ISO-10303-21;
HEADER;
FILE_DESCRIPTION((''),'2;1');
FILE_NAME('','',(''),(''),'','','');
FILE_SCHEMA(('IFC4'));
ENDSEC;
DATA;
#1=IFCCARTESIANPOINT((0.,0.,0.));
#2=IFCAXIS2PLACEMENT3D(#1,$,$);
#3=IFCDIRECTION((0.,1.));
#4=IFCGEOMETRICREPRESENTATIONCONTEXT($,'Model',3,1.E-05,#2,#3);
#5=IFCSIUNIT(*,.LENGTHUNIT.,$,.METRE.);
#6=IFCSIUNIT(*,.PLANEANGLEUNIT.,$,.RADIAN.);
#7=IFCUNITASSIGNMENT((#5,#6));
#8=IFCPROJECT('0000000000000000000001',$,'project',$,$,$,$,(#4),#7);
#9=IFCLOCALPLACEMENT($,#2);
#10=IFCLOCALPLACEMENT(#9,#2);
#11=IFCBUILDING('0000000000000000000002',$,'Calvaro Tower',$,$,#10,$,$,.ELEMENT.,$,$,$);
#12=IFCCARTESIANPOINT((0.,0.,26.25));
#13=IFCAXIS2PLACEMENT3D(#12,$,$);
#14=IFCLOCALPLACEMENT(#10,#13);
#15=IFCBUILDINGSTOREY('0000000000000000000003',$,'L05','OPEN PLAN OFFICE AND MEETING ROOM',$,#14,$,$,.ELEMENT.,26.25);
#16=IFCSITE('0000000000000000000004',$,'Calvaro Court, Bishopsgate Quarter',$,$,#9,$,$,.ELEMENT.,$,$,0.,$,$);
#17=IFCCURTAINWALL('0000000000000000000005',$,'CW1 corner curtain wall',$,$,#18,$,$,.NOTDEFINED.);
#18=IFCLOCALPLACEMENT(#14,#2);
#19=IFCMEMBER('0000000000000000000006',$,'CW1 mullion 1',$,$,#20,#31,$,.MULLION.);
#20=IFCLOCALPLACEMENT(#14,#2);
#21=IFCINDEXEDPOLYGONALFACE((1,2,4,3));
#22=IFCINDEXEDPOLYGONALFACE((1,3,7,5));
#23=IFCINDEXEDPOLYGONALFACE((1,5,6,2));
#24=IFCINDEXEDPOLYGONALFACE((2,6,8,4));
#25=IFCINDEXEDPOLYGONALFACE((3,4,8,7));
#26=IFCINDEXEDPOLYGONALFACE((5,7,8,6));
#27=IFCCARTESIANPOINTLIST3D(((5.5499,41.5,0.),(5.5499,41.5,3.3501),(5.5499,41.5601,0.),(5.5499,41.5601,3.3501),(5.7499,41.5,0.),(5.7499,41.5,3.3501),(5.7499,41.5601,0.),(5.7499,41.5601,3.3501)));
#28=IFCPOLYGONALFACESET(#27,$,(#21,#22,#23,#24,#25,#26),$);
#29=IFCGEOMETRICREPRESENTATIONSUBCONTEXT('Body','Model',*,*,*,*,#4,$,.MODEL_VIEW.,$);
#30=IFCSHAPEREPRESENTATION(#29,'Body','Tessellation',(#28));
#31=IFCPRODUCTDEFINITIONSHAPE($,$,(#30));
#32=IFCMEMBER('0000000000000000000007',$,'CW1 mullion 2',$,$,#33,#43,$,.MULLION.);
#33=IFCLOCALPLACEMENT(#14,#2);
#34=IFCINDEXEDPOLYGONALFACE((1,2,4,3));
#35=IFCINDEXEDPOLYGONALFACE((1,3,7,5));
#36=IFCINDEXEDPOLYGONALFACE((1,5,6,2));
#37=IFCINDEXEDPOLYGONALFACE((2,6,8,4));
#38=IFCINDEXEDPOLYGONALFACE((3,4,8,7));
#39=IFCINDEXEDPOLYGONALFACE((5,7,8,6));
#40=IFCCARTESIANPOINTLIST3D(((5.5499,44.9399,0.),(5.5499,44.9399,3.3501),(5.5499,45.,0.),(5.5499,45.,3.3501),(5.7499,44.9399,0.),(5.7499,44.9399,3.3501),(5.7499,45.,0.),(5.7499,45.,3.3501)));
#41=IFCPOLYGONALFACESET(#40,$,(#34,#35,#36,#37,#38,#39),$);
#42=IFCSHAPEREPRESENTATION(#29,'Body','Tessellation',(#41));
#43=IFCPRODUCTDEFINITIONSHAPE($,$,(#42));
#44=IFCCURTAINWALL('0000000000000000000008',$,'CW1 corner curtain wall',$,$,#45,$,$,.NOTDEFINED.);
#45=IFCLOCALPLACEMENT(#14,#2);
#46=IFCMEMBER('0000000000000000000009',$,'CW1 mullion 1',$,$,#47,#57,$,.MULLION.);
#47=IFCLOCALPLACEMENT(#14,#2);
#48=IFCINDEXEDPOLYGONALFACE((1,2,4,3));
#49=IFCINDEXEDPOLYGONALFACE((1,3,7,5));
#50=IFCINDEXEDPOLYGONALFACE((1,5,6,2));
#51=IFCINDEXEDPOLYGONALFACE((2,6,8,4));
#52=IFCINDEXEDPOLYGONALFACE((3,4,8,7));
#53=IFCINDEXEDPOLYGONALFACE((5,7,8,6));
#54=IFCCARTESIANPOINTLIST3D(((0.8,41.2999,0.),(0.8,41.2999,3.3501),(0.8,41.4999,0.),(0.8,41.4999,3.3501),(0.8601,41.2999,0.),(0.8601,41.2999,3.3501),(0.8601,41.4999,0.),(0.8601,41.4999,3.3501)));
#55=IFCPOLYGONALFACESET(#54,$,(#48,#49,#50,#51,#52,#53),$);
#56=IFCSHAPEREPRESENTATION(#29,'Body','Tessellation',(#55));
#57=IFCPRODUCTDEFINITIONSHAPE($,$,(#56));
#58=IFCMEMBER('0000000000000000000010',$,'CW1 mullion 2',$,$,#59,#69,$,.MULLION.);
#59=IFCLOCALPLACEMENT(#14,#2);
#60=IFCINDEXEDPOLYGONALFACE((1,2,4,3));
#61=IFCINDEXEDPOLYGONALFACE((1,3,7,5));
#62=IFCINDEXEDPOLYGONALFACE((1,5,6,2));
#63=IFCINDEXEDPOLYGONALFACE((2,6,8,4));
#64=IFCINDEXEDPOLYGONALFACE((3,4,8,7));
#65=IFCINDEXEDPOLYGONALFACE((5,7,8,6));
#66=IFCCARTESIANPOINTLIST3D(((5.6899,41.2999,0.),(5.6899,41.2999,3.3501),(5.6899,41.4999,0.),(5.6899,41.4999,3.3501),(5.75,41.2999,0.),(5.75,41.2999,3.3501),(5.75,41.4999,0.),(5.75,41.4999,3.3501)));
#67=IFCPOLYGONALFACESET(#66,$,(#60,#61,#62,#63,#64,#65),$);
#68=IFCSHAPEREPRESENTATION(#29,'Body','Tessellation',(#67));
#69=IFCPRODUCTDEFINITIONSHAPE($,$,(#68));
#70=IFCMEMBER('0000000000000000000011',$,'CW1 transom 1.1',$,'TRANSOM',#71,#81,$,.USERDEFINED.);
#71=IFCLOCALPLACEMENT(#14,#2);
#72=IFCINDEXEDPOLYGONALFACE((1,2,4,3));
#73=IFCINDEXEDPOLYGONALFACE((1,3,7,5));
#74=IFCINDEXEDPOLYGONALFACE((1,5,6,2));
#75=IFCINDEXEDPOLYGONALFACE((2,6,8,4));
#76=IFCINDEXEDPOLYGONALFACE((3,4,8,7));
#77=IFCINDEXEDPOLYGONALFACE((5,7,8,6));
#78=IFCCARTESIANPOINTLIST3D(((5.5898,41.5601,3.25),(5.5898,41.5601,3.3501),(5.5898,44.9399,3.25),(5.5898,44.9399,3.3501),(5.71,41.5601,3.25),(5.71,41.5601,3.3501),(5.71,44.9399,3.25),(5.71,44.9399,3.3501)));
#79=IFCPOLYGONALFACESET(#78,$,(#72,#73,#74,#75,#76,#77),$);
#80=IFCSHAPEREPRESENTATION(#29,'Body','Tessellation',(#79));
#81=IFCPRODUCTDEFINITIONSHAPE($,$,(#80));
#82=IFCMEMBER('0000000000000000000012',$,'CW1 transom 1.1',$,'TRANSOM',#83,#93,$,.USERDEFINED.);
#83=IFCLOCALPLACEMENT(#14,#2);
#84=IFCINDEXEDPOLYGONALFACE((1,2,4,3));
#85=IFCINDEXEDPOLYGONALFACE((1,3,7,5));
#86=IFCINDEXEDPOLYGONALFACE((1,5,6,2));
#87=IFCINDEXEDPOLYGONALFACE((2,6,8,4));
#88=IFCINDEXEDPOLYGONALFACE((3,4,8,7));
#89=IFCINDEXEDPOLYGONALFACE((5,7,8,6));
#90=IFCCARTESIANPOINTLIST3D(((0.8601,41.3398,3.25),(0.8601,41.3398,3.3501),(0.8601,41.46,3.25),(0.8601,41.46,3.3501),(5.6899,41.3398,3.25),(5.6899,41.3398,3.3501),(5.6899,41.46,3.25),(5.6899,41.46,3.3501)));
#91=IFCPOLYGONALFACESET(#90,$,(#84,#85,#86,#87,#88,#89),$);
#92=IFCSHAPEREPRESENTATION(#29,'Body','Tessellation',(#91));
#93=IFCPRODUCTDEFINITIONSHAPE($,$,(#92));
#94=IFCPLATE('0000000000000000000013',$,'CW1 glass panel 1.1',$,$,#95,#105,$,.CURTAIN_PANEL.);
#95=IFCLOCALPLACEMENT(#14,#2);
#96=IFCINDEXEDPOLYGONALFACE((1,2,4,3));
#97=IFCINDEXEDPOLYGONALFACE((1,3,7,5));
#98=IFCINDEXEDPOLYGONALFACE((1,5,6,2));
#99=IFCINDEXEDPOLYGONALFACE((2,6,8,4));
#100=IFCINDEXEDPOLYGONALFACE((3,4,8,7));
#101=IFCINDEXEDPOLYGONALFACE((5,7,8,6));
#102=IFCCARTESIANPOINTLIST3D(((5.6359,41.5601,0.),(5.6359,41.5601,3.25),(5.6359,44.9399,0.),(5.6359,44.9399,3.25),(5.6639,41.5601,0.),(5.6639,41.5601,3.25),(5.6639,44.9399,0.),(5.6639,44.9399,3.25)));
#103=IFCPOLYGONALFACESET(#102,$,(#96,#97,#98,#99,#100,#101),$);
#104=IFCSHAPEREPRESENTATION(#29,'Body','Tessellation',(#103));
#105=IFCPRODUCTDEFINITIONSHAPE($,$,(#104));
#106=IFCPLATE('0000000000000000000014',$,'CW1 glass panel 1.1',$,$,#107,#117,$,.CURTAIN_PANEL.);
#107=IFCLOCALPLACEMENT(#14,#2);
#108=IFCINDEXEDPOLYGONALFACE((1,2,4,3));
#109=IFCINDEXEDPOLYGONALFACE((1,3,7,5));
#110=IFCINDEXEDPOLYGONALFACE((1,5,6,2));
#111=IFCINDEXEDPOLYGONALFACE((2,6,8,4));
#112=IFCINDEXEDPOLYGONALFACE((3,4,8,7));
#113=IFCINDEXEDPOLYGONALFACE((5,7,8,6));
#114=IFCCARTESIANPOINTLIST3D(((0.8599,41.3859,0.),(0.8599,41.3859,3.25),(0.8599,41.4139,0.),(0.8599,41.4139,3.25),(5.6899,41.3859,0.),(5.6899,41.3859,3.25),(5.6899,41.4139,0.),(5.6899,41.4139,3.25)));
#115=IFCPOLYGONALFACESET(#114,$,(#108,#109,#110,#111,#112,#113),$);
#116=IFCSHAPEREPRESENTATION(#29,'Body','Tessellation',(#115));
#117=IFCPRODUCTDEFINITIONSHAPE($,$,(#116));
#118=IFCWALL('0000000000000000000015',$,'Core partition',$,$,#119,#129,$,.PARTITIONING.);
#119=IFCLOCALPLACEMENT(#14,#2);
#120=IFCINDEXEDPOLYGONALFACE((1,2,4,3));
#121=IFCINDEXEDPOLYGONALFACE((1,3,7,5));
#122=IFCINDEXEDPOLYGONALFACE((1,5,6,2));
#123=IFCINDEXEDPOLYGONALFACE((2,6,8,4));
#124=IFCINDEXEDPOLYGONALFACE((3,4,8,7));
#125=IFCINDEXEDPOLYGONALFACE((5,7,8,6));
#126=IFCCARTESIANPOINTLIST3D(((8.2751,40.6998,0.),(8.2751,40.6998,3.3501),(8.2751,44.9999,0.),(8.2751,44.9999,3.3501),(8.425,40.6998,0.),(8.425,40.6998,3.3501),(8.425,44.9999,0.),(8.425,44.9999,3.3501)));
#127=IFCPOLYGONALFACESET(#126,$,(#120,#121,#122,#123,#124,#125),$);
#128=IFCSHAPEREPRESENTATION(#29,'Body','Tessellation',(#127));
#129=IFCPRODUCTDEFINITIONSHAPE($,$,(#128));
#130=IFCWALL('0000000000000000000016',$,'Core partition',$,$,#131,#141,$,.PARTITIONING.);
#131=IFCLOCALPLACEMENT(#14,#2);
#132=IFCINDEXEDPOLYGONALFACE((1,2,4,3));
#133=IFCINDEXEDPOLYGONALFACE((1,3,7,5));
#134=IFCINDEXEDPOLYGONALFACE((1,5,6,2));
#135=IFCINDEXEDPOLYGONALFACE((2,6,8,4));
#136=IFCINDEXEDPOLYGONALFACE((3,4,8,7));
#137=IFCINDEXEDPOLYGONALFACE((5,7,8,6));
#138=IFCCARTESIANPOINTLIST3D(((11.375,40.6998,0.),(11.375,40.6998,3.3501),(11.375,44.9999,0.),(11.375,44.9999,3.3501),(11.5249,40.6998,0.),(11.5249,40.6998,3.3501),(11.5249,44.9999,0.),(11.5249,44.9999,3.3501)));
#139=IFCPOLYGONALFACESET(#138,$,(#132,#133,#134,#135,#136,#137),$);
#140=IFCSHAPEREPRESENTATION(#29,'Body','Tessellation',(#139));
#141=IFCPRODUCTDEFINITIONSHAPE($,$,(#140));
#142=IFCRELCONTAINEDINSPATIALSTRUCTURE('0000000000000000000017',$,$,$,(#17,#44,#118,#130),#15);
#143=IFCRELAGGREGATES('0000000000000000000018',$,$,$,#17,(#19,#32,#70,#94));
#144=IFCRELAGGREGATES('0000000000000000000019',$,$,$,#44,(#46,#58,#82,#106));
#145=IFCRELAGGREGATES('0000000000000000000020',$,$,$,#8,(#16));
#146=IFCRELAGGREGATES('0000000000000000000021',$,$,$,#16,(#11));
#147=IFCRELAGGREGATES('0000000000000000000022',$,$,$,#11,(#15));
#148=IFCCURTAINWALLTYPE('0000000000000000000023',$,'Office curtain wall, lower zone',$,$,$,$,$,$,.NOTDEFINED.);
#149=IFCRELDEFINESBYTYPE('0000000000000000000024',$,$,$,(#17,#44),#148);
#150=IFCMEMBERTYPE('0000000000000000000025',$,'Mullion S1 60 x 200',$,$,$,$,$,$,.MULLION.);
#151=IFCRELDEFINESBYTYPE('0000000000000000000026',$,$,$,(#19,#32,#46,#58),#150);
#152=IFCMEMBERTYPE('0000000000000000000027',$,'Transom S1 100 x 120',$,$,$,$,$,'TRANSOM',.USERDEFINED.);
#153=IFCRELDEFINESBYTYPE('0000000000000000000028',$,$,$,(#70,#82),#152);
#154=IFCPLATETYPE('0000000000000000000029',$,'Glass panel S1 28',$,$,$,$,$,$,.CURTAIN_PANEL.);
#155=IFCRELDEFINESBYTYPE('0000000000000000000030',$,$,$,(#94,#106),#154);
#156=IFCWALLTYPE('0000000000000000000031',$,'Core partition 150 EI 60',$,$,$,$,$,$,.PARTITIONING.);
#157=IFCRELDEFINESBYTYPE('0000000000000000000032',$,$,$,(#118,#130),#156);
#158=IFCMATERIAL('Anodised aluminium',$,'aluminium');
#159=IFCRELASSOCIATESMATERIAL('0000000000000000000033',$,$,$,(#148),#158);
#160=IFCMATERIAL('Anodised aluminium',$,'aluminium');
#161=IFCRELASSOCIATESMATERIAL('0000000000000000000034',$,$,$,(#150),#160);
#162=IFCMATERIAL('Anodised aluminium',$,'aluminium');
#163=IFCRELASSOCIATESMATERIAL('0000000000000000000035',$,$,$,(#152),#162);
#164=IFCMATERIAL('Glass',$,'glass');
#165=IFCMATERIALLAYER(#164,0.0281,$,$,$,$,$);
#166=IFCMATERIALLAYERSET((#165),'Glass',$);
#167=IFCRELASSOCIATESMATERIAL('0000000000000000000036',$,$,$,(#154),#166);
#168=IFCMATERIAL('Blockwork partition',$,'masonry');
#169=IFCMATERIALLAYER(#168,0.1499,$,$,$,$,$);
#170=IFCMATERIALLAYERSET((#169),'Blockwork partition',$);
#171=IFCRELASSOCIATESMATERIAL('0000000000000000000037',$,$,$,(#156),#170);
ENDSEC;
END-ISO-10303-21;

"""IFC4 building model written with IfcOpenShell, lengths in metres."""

from ifc_helpers import new_model, si_unit, direction, frame, frame_2d, origin, origin_2d, place, context, subcontext, project, spatial, rectangle, extrude, material, layer, layer_set, material_profile, profile_set, type_object, element, aggregate, save


model = new_model("IFC4")

# Units and contexts
model_context = context("Model", 3, precision=1e-05, world=origin(), true_north=direction((0.0, 1.0)))
body_context = subcontext(model_context, "Body", "Model", "MODEL_VIEW")
ifc_project = project(units=[si_unit("LENGTHUNIT", "METRE"), si_unit("PLANEANGLEUNIT", "RADIAN")], contexts=[model_context])

# Site, building, storey
site_placement = place(None, origin())
site = spatial("IfcSite", under=ifc_project, at=site_placement, Name="Calvaro Court, Bishopsgate Quarter", CompositionType="ELEMENT", RefElevation=0.0)
building_placement = place(site_placement, origin())
building = spatial("IfcBuilding", under=site, at=building_placement, Name="Calvaro Tower", CompositionType="ELEMENT")
storey_placement = place(building_placement, frame((0.0, 0.0, 26.25)))
storey = spatial("IfcBuildingStorey", under=building, at=storey_placement, Name="L05", Description="OPEN PLAN OFFICE AND MEETING ROOM", CompositionType="ELEMENT", Elevation=26.25)

# Curtain walls, members
ifc_material_1 = material(Name="Anodised aluminium", Category="aluminium")
curtain_wall_type = type_object("IfcCurtainWallType", Name="Office curtain wall, lower zone", PredefinedType="NOTDEFINED", material=ifc_material_1)
curtain_wall_1_placement = place(storey_placement, origin())
curtain_wall_1 = element("IfcCurtainWall", 1, at=curtain_wall_1_placement, inside=storey, type_object=curtain_wall_type, Name="CW1 corner curtain wall", PredefinedType="NOTDEFINED")
ifc_material_2 = material(Name="Anodised aluminium", Category="aluminium")
ifc_material_profile_1 = material_profile(ifc_material_2, rectangle(XDim=0.2, YDim=0.0601, at=origin_2d()), Name="Mullion S1 60 x 200")
ifc_profile_set_1 = profile_set([ifc_material_profile_1], Name="Anodised aluminium")
member_type_1 = type_object("IfcMemberType", Name="Mullion S1 60 x 200", PredefinedType="MULLION", material=ifc_profile_set_1)
member_1_placement = place(storey_placement, frame((5.6499, 41.53, 0.0), z_axis=(0.0, 0.0, 1.0), x_axis=(-1.0, 0.0, 0.0)))
member_1 = element("IfcMember", 2, at=member_1_placement, type_object=member_type_1, Name="CW1 mullion 1", PredefinedType="MULLION", context=body_context, shape_type="SweptSolid", body=[
    extrude(rectangle(XDim=0.2, YDim=0.0601, at=origin_2d()), origin(), (0.0, 0.0, 1.0), 3.3501),
])
member_2_placement = place(storey_placement, frame((5.6499, 44.97, 0.0), z_axis=(0.0, 0.0, 1.0), x_axis=(-1.0, 0.0, 0.0)))
member_2 = element("IfcMember", 3, at=member_2_placement, type_object=member_type_1, Name="CW1 mullion 2", PredefinedType="MULLION", context=body_context, shape_type="SweptSolid", body=[
    extrude(rectangle(XDim=0.2, YDim=0.0601, at=origin_2d()), origin(), (0.0, 0.0, 1.0), 3.3501),
])
curtain_wall_2_placement = place(storey_placement, origin())
curtain_wall_2 = element("IfcCurtainWall", 4, at=curtain_wall_2_placement, inside=storey, type_object=curtain_wall_type, Name="CW1 corner curtain wall", PredefinedType="NOTDEFINED")
member_3_placement = place(storey_placement, frame((0.8301, 41.3999, 0.0), z_axis=(0.0, 0.0, 1.0), x_axis=(0.0, 1.0, 0.0)))
member_3 = element("IfcMember", 5, at=member_3_placement, type_object=member_type_1, Name="CW1 mullion 1", PredefinedType="MULLION", context=body_context, shape_type="SweptSolid", body=[
    extrude(rectangle(XDim=0.2, YDim=0.0601, at=origin_2d()), origin(), (0.0, 0.0, 1.0), 3.3501),
])
member_4_placement = place(storey_placement, frame((5.72, 41.3999, 0.0), z_axis=(0.0, 0.0, 1.0), x_axis=(0.0, 1.0, 0.0)))
member_4 = element("IfcMember", 6, at=member_4_placement, type_object=member_type_1, Name="CW1 mullion 2", PredefinedType="MULLION", context=body_context, shape_type="SweptSolid", body=[
    extrude(rectangle(XDim=0.2, YDim=0.0601, at=origin_2d()), origin(), (0.0, 0.0, 1.0), 3.3501),
])

# Members
ifc_material_3 = material(Name="Anodised aluminium", Category="aluminium")
ifc_material_profile_2 = material_profile(ifc_material_3, rectangle(XDim=0.1201, YDim=0.1001, at=origin_2d()), Name="Transom S1 100 x 120")
ifc_profile_set_2 = profile_set([ifc_material_profile_2], Name="Anodised aluminium")
member_type_2 = type_object("IfcMemberType", Name="Transom S1 100 x 120", ElementType="TRANSOM", PredefinedType="USERDEFINED", material=ifc_profile_set_2)
member_5_placement = place(storey_placement, frame((5.6499, 41.5601, 3.3), z_axis=(0.0, 1.0, 0.0), x_axis=(-1.0, 0.0, 0.0)))
member_5 = element("IfcMember", 7, at=member_5_placement, type_object=member_type_2, Name="CW1 transom 1.1", ObjectType="TRANSOM", PredefinedType="USERDEFINED", context=body_context, shape_type="SweptSolid", body=[
    extrude(rectangle(XDim=0.1201, YDim=0.1001, at=origin_2d()), origin(), (0.0, 0.0, 1.0), 3.3799),
])
member_6_placement = place(storey_placement, frame((0.8601, 41.3999, 3.3), z_axis=(1.0, 0.0, 0.0), x_axis=(0.0, 1.0, 0.0)))
member_6 = element("IfcMember", 8, at=member_6_placement, type_object=member_type_2, Name="CW1 transom 1.1", ObjectType="TRANSOM", PredefinedType="USERDEFINED", context=body_context, shape_type="SweptSolid", body=[
    extrude(rectangle(XDim=0.1201, YDim=0.1001, at=origin_2d()), origin(), (0.0, 0.0, 1.0), 4.8298),
])

# Plates
ifc_material_4 = material(Name="Glass", Category="glass")
ifc_layer_1 = layer(ifc_material_4, 0.0281)
ifc_layer_set_1 = layer_set([ifc_layer_1], Name="Glass")
plate_type = type_object("IfcPlateType", Name="Glass panel S1 28", PredefinedType="CURTAIN_PANEL", material=ifc_layer_set_1)
plate_1_placement = place(storey_placement, frame((5.6499, 43.25, 0.0), z_axis=(0.0, 0.0, 1.0), x_axis=(0.0, 1.0, 0.0)))
plate_1 = element("IfcPlate", 9, at=plate_1_placement, type_object=plate_type, Name="CW1 glass panel 1.1", PredefinedType="CURTAIN_PANEL", context=body_context, shape_type="SweptSolid", body=[
    extrude(rectangle(XDim=3.3799, YDim=0.0281, at=origin_2d()), origin(), (0.0, 0.0, 1.0), 3.25),
])
aggregate(curtain_wall_1, [member_1, member_2, member_5, plate_1])
plate_2_placement = place(storey_placement, frame((3.2749, 41.3999, 0.0), z_axis=(0.0, 0.0, 1.0), x_axis=(1.0, 0.0, 0.0)))
plate_2 = element("IfcPlate", 10, at=plate_2_placement, type_object=plate_type, Name="CW1 glass panel 1.1", PredefinedType="CURTAIN_PANEL", context=body_context, shape_type="SweptSolid", body=[
    extrude(rectangle(XDim=4.8301, YDim=0.0281, at=origin_2d()), origin(), (0.0, 0.0, 1.0), 3.25),
])
aggregate(curtain_wall_2, [member_3, member_4, member_6, plate_2])

# Walls
ifc_material_5 = material(Name="Blockwork partition", Category="masonry")
ifc_layer_2 = layer(ifc_material_5, 0.1499)
ifc_layer_set_2 = layer_set([ifc_layer_2], Name="Blockwork partition")
wall_type_1 = type_object("IfcWallType", Name="Core partition 150 EI 60", PredefinedType="PARTITIONING", material=ifc_layer_set_2)
for number, where, z_axis, x_axis, name in (
    (11, (8.3501, 40.7, 0.0), (0.0, 0.0, 1.0), (0.0, 1.0, 0.0), "Core partition"),
    (12, (11.45, 40.7, 0.0), (0.0, 0.0, 1.0), (0.0, 1.0, 0.0), "Core partition"),
):
    element("IfcWall", number, at=place(storey_placement, frame(where, z_axis=z_axis, x_axis=x_axis)), inside=storey, type_object=wall_type_1, Name=name, PredefinedType="PARTITIONING", context=body_context, shape_type="SweptSolid", body=[
        extrude(rectangle(XDim=4.3, YDim=0.1499, at=frame_2d((2.1499, 0.0))), origin(), (0.0, 0.0, 1.0), 3.3501),
    ])

save(model, "model.ifc")
